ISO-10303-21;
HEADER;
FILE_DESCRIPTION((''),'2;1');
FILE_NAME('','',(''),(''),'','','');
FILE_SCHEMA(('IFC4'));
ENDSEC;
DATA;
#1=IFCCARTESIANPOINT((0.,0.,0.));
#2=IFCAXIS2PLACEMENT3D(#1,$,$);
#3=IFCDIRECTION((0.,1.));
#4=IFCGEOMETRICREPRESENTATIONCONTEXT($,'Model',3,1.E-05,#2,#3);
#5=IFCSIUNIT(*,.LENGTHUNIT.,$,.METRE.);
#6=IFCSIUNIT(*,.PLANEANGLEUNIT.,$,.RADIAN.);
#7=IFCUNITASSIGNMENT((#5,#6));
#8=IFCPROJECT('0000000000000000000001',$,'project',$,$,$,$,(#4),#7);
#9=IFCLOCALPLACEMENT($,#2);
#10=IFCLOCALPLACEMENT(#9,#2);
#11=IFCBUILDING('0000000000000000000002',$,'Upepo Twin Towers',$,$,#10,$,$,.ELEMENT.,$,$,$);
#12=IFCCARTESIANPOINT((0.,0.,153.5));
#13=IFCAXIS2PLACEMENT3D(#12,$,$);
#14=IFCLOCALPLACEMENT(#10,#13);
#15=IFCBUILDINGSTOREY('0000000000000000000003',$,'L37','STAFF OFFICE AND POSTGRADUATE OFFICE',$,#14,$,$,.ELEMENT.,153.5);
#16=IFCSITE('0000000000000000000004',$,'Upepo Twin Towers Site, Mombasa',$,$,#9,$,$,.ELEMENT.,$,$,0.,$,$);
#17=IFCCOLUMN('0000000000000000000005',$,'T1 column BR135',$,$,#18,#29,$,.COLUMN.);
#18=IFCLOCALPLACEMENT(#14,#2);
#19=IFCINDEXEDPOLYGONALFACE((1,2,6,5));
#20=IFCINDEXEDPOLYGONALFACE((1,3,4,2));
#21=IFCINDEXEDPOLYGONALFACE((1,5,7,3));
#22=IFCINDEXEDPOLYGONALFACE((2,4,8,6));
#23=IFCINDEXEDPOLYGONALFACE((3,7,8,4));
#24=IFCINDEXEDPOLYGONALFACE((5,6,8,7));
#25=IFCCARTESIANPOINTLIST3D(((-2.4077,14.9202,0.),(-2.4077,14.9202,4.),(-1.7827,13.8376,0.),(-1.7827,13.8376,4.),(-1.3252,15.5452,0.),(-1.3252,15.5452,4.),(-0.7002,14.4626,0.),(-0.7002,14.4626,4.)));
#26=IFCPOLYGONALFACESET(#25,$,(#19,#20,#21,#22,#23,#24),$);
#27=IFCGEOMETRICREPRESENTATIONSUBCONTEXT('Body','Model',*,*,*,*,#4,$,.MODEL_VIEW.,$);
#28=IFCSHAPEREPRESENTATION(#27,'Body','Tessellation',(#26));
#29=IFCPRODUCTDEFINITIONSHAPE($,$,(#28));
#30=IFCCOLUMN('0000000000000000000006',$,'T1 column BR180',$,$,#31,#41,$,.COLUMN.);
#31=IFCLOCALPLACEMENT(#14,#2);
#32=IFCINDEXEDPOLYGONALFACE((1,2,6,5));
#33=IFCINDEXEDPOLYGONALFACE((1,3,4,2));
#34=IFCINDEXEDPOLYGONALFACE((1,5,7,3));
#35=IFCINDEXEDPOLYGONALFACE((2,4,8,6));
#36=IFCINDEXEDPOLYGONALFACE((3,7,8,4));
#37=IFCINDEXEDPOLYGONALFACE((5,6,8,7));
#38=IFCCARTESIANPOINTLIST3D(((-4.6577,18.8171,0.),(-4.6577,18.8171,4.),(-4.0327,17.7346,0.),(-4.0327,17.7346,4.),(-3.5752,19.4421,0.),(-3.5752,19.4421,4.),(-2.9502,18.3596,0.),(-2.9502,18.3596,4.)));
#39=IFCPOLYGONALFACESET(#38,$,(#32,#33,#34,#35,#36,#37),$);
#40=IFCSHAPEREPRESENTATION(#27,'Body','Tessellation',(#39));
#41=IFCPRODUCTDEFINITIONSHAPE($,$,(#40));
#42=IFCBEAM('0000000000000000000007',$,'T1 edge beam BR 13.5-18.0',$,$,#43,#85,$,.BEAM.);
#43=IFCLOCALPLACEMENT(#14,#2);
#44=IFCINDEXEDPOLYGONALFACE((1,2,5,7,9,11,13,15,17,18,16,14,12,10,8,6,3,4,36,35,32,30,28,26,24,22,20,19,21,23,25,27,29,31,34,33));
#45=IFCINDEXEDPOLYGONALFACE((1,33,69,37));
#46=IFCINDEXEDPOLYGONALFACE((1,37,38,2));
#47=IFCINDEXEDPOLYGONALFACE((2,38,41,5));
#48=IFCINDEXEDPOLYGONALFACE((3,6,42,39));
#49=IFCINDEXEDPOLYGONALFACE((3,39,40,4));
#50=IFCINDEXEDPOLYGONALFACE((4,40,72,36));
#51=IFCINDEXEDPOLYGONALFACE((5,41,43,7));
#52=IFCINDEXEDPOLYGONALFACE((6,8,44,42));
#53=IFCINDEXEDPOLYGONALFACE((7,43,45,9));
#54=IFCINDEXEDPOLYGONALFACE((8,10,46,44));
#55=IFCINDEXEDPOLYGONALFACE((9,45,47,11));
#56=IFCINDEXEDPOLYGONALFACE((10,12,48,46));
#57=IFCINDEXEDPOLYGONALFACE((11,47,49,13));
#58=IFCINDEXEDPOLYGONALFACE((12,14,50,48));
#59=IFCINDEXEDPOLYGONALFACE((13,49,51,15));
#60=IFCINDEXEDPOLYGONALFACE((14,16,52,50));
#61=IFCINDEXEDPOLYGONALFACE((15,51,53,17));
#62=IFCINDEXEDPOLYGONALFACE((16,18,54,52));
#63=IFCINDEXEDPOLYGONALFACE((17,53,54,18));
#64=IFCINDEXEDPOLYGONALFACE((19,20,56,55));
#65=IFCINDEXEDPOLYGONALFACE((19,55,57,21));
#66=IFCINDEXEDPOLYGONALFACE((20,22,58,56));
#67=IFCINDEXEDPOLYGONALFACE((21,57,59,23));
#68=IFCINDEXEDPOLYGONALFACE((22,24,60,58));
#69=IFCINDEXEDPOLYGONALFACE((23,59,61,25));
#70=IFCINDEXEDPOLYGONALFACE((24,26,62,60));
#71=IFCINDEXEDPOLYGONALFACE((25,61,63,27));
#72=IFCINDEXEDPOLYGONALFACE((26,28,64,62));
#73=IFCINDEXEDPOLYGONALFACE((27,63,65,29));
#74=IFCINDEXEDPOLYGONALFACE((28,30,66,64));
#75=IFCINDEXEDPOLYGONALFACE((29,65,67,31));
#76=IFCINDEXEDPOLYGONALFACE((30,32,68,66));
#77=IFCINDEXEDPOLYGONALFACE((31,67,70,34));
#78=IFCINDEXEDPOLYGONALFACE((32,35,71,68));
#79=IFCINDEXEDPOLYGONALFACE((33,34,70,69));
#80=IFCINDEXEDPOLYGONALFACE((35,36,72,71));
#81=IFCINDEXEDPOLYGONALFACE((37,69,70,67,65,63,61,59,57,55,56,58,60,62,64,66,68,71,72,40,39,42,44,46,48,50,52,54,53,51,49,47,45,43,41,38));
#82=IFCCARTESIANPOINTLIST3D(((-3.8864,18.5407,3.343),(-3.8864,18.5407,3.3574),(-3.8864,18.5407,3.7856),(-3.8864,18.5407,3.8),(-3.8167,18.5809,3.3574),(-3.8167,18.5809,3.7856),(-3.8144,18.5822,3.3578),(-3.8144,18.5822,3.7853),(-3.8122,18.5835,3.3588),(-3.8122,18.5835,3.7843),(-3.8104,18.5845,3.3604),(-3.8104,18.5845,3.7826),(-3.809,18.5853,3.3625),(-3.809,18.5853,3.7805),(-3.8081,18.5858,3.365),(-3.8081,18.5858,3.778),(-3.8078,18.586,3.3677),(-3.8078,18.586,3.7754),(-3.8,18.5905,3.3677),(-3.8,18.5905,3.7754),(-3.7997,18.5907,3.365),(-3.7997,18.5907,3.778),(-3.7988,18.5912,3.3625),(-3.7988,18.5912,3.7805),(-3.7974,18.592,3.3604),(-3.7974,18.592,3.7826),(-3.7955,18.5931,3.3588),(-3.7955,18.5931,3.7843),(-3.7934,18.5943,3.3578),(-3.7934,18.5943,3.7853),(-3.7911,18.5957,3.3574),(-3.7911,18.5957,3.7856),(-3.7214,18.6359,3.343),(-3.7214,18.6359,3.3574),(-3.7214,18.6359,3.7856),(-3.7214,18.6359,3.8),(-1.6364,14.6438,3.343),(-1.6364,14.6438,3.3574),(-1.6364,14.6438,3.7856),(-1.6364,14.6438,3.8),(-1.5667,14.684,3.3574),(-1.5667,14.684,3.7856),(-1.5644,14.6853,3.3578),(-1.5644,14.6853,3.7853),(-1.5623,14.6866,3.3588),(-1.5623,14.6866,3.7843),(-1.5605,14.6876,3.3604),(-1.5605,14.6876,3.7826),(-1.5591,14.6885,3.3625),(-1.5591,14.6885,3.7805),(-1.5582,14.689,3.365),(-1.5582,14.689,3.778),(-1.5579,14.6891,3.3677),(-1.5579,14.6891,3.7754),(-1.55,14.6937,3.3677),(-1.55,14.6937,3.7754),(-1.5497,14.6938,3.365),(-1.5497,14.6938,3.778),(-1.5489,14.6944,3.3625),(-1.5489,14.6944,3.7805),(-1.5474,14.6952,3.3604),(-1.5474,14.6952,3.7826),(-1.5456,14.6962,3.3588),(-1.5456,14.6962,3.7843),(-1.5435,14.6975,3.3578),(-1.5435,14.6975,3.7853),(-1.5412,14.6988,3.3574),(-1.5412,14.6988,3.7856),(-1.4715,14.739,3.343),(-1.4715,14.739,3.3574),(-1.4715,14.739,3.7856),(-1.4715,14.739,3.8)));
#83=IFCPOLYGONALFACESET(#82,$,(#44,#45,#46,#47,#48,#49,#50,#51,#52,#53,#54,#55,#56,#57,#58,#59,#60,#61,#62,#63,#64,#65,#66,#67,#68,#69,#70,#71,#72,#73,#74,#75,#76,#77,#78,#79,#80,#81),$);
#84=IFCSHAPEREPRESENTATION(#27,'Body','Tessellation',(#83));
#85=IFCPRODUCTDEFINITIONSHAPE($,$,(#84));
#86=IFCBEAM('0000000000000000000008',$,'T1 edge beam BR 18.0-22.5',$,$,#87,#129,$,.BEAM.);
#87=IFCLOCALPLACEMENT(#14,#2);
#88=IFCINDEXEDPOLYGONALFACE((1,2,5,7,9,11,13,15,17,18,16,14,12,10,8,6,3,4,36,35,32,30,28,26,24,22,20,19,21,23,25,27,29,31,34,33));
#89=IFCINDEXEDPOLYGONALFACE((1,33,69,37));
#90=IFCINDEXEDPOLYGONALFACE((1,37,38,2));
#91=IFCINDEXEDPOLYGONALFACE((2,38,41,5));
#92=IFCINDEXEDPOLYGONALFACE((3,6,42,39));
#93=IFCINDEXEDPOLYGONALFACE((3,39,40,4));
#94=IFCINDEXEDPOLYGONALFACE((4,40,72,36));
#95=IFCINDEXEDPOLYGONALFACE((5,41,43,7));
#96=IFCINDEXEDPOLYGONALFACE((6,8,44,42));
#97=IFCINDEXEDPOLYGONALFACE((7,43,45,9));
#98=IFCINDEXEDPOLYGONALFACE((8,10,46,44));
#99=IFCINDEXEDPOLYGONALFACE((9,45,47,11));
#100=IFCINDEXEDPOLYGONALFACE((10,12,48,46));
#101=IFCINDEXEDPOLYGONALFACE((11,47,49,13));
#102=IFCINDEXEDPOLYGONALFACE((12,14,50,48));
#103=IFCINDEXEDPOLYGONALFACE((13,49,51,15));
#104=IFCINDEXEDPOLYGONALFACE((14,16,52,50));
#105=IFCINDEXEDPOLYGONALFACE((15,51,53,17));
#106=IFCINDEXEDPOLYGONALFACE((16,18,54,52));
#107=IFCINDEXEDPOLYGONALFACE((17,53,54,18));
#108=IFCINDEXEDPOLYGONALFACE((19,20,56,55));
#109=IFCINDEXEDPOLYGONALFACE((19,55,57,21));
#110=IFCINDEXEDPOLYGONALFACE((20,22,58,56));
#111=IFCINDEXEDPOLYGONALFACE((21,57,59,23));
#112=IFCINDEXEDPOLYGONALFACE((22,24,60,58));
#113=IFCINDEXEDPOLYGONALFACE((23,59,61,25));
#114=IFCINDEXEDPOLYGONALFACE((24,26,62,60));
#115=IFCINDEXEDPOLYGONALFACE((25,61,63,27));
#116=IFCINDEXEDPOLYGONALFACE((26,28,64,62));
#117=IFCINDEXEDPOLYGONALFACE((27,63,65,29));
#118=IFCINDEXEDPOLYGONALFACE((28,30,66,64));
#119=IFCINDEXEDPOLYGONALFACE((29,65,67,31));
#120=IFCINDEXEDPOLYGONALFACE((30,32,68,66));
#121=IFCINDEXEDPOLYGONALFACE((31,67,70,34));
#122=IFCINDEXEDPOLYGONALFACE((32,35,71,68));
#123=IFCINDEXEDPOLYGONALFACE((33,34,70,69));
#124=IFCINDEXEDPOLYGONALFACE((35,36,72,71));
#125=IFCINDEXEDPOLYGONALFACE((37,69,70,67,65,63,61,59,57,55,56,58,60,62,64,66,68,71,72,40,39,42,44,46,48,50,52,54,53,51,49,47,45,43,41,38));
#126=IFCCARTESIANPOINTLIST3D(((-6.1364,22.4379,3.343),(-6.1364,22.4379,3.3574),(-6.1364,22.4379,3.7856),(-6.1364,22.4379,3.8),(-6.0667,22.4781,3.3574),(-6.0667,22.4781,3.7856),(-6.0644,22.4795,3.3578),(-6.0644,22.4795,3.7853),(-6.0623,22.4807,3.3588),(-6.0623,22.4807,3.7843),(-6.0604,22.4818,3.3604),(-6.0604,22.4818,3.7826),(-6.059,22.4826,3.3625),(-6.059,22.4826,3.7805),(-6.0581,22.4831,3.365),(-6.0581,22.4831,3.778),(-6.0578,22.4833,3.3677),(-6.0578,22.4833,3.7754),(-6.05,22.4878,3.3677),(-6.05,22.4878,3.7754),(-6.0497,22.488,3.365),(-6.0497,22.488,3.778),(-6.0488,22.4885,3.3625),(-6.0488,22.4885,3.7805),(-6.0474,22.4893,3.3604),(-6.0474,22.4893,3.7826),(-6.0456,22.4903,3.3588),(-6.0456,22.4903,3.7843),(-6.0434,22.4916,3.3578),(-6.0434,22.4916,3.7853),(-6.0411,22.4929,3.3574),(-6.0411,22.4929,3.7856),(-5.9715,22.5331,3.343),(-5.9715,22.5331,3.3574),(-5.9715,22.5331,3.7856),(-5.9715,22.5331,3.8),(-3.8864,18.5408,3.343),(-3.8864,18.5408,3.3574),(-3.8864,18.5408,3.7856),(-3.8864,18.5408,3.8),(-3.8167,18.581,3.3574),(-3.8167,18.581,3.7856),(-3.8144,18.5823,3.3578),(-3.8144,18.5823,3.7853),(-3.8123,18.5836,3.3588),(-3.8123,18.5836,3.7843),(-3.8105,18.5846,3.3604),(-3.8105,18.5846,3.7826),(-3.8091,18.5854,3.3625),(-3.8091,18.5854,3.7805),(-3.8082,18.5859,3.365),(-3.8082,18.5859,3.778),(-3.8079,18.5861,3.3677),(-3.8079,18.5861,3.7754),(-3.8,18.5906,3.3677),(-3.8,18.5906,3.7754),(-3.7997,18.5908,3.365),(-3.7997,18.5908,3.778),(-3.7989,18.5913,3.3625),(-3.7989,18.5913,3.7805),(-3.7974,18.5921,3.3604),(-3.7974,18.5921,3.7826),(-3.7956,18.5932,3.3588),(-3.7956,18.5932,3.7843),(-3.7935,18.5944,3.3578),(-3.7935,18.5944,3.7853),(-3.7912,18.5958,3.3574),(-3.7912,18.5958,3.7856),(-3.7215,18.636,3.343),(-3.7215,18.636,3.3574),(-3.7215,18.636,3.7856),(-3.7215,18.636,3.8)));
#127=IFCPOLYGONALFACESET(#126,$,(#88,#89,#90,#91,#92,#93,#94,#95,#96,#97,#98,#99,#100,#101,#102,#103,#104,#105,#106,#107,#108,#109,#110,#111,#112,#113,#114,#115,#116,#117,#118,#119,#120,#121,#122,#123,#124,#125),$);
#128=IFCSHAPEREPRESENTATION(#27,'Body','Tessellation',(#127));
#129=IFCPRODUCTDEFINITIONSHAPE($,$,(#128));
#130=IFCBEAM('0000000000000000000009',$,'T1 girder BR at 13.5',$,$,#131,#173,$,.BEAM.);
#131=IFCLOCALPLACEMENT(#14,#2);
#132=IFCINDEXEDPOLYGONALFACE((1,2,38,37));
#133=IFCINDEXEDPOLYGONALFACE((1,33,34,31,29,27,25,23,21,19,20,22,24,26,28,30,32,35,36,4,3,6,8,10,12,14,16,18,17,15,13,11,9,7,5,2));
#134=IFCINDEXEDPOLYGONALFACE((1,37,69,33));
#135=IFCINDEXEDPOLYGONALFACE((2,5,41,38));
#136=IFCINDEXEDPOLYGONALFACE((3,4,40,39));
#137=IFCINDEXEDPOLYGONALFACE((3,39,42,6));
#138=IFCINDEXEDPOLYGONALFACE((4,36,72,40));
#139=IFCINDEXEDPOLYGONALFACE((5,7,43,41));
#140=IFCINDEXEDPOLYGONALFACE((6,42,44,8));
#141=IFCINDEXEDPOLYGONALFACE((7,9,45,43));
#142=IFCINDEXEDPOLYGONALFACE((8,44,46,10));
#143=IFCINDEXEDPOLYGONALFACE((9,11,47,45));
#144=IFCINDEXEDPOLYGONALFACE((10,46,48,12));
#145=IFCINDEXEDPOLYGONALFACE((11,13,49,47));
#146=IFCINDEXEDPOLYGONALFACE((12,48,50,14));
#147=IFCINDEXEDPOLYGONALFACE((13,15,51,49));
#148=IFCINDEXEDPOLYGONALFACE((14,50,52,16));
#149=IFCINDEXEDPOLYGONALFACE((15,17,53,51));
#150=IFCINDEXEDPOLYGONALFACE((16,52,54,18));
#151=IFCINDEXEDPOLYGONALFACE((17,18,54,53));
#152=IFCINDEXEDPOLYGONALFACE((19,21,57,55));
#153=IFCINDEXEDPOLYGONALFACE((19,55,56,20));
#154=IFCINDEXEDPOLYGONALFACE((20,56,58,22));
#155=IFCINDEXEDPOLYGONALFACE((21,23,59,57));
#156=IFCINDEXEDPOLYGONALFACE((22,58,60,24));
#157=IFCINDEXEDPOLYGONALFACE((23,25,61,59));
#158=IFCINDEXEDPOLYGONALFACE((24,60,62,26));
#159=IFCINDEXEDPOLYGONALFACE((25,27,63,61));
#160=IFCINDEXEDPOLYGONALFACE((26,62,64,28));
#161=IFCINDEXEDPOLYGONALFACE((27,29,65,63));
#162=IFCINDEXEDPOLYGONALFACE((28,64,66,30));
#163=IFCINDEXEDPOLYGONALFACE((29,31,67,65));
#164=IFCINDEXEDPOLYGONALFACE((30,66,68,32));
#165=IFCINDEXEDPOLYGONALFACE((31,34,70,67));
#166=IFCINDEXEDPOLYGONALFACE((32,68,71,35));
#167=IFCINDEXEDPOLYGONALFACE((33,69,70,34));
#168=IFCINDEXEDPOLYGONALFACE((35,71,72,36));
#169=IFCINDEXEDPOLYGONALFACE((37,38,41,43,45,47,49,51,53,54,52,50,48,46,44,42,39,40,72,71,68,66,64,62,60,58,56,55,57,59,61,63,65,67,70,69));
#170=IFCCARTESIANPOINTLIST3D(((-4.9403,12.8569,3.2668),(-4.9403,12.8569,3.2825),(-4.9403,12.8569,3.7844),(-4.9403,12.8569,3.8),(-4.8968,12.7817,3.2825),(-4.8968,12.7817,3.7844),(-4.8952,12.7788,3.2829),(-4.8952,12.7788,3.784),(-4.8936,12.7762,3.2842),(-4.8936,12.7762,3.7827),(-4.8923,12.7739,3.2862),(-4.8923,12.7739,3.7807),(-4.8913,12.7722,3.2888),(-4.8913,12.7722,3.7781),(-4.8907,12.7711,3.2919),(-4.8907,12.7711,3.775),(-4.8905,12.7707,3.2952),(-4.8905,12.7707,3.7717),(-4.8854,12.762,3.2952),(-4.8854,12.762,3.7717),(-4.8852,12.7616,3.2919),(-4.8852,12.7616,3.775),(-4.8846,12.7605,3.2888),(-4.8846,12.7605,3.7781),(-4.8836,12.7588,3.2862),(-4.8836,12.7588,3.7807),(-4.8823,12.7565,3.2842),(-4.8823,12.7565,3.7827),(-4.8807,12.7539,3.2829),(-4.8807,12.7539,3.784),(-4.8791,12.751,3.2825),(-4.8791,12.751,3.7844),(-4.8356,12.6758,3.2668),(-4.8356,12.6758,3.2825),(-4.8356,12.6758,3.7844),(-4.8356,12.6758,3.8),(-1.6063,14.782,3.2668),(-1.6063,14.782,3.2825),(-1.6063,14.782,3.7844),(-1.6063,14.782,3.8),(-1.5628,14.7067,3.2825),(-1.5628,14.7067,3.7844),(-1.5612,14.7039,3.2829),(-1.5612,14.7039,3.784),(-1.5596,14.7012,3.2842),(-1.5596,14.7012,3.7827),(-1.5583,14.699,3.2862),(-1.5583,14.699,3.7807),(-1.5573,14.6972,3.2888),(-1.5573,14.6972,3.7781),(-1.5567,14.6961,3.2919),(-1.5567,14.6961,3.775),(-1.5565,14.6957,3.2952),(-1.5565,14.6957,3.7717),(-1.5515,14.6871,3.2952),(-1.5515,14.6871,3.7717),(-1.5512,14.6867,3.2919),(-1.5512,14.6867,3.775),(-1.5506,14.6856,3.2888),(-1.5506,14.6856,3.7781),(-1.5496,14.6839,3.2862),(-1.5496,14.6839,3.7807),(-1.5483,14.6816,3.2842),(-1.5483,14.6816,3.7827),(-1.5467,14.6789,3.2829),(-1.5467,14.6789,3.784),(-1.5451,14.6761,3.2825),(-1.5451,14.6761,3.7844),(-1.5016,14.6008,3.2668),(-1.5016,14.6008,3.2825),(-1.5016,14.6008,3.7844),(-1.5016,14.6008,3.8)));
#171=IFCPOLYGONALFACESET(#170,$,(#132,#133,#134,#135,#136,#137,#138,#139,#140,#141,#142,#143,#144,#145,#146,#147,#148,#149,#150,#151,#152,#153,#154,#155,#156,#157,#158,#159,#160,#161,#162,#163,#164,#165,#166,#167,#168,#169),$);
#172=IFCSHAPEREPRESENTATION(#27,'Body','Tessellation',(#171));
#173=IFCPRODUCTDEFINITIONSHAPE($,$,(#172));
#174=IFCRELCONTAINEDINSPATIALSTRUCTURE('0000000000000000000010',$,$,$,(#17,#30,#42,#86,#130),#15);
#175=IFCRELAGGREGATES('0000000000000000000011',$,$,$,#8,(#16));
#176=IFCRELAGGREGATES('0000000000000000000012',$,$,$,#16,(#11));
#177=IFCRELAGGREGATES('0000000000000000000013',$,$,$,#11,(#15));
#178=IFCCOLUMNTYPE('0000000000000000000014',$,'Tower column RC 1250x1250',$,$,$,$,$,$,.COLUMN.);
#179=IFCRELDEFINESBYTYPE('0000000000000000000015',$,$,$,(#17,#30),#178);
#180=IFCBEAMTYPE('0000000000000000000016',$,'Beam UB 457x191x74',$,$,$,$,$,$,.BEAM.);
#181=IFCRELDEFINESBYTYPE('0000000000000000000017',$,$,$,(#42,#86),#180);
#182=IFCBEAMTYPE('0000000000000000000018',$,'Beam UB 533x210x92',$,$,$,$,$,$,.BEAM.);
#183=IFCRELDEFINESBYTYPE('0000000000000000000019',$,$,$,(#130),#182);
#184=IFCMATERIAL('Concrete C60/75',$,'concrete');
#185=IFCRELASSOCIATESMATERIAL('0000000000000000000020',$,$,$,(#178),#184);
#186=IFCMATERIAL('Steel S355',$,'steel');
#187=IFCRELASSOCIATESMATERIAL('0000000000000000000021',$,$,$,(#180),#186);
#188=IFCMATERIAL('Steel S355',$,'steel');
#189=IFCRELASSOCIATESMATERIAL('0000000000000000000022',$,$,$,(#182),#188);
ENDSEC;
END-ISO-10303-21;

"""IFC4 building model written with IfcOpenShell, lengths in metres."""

from ifc_helpers import new_model, si_unit, direction, frame, origin, origin_2d, place, context, subcontext, project, spatial, rectangle, i_section, extrude, material, material_profile, profile_set, type_object, element, save


model = new_model("IFC4")

# Units and contexts
model_context = context("Model", 3, precision=1e-05, world=origin(), true_north=direction((0.0, 1.0)))
body_context = subcontext(model_context, "Body", "Model", "MODEL_VIEW")
ifc_project = project(units=[si_unit("LENGTHUNIT", "METRE"), si_unit("PLANEANGLEUNIT", "RADIAN")], contexts=[model_context])

# Site, building, storey
site_placement = place(None, origin())
site = spatial("IfcSite", under=ifc_project, at=site_placement, Name="Upepo Twin Towers Site, Mombasa", CompositionType="ELEMENT", RefElevation=0.0)
building_placement = place(site_placement, origin())
building = spatial("IfcBuilding", under=site, at=building_placement, Name="Upepo Twin Towers", CompositionType="ELEMENT")
storey_placement = place(building_placement, frame((0.0, 0.0, 153.5)))
storey = spatial("IfcBuildingStorey", under=building, at=storey_placement, Name="L37", Description="STAFF OFFICE AND POSTGRADUATE OFFICE", CompositionType="ELEMENT", Elevation=153.5)

# Columns
ifc_material_1 = material(Name="Concrete C60/75", Category="concrete")
ifc_material_profile_1 = material_profile(ifc_material_1, rectangle(XDim=1.25, YDim=1.25, at=origin_2d()), Name="RC 1250x1250")
ifc_profile_set_1 = profile_set([ifc_material_profile_1], Name="Concrete C60/75")
column_type = type_object("IfcColumnType", Name="Tower column RC 1250x1250", PredefinedType="COLUMN", material=ifc_profile_set_1)
for number, where, z_axis, x_axis, name in (
    (1, (-1.554, 14.6914, 0.0), (0.0, 0.0, 1.0), (0.866025, 0.5, 0.0), "T1 column BR135"),
    (2, (-3.804, 18.5884, 0.0), (0.0, 0.0, 1.0), (0.866025, 0.5, 0.0), "T1 column BR180"),
):
    element("IfcColumn", number, at=place(storey_placement, frame(where, z_axis=z_axis, x_axis=x_axis)), inside=storey, type_object=column_type, Name=name, PredefinedType="COLUMN", context=body_context, shape_type="SweptSolid", body=[
        extrude(rectangle(XDim=1.25, YDim=1.25, at=origin_2d()), origin(), (0.0, 0.0, 1.0), 4.0),
    ])

# Beams
ifc_material_2 = material(Name="Steel S355", Category="steel")
ifc_material_profile_2 = material_profile(ifc_material_2, i_section(OverallWidth=0.1904, OverallDepth=0.457, WebThickness=0.009, FlangeThickness=0.0144, FilletRadius=0.0103, at=origin_2d()), Name="UB 457x191x74")
ifc_profile_set_2 = profile_set([ifc_material_profile_2], Name="Steel S355")
beam_type_1 = type_object("IfcBeamType", Name="Beam UB 457x191x74", PredefinedType="BEAM", material=ifc_profile_set_2)
beam_1_placement = place(storey_placement, frame((-1.554, 14.6914, 3.5715), z_axis=(-0.500014, 0.866018, 0.0), x_axis=(-0.866018, -0.500014, 0.0)))
element("IfcBeam", 3, at=beam_1_placement, inside=storey, type_object=beam_type_1, Name="T1 edge beam BR 13.5-18.0", PredefinedType="BEAM", context=body_context, shape_type="SweptSolid", body=[
    extrude(i_section(OverallWidth=0.1904, OverallDepth=0.457, WebThickness=0.009, FlangeThickness=0.0144, FilletRadius=0.0103, at=origin_2d()), origin(), (0.0, 0.0, 1.0), 4.4998),
])
beam_2_placement = place(storey_placement, frame((-3.804, 18.5884, 3.5715), z_axis=(-0.49999, 0.866031, 0.0), x_axis=(-0.866031, -0.49999, 0.0)))
element("IfcBeam", 4, at=beam_2_placement, inside=storey, type_object=beam_type_1, Name="T1 edge beam BR 18.0-22.5", PredefinedType="BEAM", context=body_context, shape_type="SweptSolid", body=[
    extrude(i_section(OverallWidth=0.1904, OverallDepth=0.457, WebThickness=0.009, FlangeThickness=0.0144, FilletRadius=0.0103, at=origin_2d()), origin(), (0.0, 0.0, 1.0), 4.5),
])
ifc_material_3 = material(Name="Steel S355", Category="steel")
ifc_material_profile_3 = material_profile(ifc_material_3, i_section(OverallWidth=0.2092, OverallDepth=0.5332, WebThickness=0.01, FlangeThickness=0.0156, FilletRadius=0.0127, at=origin_2d()), Name="UB 533x210x92")
ifc_profile_set_3 = profile_set([ifc_material_profile_3], Name="Steel S355")
beam_type_2 = type_object("IfcBeamType", Name="Beam UB 533x210x92", PredefinedType="BEAM", material=ifc_profile_set_3)
beam_3_placement = place(storey_placement, frame((-1.554, 14.6914, 3.5334), z_axis=(-0.866006, -0.500034, 0.0), x_axis=(0.500034, -0.866006, 0.0)))
element("IfcBeam", 5, at=beam_3_placement, inside=storey, type_object=beam_type_2, Name="T1 girder BR at 13.5", PredefinedType="BEAM", context=body_context, shape_type="SweptSolid", body=[
    extrude(i_section(OverallWidth=0.2092, OverallDepth=0.5332, WebThickness=0.01, FlangeThickness=0.0156, FilletRadius=0.0127, at=origin_2d()), origin(), (0.0, 0.0, 1.0), 3.8499),
])

save(model, "model.ifc")
